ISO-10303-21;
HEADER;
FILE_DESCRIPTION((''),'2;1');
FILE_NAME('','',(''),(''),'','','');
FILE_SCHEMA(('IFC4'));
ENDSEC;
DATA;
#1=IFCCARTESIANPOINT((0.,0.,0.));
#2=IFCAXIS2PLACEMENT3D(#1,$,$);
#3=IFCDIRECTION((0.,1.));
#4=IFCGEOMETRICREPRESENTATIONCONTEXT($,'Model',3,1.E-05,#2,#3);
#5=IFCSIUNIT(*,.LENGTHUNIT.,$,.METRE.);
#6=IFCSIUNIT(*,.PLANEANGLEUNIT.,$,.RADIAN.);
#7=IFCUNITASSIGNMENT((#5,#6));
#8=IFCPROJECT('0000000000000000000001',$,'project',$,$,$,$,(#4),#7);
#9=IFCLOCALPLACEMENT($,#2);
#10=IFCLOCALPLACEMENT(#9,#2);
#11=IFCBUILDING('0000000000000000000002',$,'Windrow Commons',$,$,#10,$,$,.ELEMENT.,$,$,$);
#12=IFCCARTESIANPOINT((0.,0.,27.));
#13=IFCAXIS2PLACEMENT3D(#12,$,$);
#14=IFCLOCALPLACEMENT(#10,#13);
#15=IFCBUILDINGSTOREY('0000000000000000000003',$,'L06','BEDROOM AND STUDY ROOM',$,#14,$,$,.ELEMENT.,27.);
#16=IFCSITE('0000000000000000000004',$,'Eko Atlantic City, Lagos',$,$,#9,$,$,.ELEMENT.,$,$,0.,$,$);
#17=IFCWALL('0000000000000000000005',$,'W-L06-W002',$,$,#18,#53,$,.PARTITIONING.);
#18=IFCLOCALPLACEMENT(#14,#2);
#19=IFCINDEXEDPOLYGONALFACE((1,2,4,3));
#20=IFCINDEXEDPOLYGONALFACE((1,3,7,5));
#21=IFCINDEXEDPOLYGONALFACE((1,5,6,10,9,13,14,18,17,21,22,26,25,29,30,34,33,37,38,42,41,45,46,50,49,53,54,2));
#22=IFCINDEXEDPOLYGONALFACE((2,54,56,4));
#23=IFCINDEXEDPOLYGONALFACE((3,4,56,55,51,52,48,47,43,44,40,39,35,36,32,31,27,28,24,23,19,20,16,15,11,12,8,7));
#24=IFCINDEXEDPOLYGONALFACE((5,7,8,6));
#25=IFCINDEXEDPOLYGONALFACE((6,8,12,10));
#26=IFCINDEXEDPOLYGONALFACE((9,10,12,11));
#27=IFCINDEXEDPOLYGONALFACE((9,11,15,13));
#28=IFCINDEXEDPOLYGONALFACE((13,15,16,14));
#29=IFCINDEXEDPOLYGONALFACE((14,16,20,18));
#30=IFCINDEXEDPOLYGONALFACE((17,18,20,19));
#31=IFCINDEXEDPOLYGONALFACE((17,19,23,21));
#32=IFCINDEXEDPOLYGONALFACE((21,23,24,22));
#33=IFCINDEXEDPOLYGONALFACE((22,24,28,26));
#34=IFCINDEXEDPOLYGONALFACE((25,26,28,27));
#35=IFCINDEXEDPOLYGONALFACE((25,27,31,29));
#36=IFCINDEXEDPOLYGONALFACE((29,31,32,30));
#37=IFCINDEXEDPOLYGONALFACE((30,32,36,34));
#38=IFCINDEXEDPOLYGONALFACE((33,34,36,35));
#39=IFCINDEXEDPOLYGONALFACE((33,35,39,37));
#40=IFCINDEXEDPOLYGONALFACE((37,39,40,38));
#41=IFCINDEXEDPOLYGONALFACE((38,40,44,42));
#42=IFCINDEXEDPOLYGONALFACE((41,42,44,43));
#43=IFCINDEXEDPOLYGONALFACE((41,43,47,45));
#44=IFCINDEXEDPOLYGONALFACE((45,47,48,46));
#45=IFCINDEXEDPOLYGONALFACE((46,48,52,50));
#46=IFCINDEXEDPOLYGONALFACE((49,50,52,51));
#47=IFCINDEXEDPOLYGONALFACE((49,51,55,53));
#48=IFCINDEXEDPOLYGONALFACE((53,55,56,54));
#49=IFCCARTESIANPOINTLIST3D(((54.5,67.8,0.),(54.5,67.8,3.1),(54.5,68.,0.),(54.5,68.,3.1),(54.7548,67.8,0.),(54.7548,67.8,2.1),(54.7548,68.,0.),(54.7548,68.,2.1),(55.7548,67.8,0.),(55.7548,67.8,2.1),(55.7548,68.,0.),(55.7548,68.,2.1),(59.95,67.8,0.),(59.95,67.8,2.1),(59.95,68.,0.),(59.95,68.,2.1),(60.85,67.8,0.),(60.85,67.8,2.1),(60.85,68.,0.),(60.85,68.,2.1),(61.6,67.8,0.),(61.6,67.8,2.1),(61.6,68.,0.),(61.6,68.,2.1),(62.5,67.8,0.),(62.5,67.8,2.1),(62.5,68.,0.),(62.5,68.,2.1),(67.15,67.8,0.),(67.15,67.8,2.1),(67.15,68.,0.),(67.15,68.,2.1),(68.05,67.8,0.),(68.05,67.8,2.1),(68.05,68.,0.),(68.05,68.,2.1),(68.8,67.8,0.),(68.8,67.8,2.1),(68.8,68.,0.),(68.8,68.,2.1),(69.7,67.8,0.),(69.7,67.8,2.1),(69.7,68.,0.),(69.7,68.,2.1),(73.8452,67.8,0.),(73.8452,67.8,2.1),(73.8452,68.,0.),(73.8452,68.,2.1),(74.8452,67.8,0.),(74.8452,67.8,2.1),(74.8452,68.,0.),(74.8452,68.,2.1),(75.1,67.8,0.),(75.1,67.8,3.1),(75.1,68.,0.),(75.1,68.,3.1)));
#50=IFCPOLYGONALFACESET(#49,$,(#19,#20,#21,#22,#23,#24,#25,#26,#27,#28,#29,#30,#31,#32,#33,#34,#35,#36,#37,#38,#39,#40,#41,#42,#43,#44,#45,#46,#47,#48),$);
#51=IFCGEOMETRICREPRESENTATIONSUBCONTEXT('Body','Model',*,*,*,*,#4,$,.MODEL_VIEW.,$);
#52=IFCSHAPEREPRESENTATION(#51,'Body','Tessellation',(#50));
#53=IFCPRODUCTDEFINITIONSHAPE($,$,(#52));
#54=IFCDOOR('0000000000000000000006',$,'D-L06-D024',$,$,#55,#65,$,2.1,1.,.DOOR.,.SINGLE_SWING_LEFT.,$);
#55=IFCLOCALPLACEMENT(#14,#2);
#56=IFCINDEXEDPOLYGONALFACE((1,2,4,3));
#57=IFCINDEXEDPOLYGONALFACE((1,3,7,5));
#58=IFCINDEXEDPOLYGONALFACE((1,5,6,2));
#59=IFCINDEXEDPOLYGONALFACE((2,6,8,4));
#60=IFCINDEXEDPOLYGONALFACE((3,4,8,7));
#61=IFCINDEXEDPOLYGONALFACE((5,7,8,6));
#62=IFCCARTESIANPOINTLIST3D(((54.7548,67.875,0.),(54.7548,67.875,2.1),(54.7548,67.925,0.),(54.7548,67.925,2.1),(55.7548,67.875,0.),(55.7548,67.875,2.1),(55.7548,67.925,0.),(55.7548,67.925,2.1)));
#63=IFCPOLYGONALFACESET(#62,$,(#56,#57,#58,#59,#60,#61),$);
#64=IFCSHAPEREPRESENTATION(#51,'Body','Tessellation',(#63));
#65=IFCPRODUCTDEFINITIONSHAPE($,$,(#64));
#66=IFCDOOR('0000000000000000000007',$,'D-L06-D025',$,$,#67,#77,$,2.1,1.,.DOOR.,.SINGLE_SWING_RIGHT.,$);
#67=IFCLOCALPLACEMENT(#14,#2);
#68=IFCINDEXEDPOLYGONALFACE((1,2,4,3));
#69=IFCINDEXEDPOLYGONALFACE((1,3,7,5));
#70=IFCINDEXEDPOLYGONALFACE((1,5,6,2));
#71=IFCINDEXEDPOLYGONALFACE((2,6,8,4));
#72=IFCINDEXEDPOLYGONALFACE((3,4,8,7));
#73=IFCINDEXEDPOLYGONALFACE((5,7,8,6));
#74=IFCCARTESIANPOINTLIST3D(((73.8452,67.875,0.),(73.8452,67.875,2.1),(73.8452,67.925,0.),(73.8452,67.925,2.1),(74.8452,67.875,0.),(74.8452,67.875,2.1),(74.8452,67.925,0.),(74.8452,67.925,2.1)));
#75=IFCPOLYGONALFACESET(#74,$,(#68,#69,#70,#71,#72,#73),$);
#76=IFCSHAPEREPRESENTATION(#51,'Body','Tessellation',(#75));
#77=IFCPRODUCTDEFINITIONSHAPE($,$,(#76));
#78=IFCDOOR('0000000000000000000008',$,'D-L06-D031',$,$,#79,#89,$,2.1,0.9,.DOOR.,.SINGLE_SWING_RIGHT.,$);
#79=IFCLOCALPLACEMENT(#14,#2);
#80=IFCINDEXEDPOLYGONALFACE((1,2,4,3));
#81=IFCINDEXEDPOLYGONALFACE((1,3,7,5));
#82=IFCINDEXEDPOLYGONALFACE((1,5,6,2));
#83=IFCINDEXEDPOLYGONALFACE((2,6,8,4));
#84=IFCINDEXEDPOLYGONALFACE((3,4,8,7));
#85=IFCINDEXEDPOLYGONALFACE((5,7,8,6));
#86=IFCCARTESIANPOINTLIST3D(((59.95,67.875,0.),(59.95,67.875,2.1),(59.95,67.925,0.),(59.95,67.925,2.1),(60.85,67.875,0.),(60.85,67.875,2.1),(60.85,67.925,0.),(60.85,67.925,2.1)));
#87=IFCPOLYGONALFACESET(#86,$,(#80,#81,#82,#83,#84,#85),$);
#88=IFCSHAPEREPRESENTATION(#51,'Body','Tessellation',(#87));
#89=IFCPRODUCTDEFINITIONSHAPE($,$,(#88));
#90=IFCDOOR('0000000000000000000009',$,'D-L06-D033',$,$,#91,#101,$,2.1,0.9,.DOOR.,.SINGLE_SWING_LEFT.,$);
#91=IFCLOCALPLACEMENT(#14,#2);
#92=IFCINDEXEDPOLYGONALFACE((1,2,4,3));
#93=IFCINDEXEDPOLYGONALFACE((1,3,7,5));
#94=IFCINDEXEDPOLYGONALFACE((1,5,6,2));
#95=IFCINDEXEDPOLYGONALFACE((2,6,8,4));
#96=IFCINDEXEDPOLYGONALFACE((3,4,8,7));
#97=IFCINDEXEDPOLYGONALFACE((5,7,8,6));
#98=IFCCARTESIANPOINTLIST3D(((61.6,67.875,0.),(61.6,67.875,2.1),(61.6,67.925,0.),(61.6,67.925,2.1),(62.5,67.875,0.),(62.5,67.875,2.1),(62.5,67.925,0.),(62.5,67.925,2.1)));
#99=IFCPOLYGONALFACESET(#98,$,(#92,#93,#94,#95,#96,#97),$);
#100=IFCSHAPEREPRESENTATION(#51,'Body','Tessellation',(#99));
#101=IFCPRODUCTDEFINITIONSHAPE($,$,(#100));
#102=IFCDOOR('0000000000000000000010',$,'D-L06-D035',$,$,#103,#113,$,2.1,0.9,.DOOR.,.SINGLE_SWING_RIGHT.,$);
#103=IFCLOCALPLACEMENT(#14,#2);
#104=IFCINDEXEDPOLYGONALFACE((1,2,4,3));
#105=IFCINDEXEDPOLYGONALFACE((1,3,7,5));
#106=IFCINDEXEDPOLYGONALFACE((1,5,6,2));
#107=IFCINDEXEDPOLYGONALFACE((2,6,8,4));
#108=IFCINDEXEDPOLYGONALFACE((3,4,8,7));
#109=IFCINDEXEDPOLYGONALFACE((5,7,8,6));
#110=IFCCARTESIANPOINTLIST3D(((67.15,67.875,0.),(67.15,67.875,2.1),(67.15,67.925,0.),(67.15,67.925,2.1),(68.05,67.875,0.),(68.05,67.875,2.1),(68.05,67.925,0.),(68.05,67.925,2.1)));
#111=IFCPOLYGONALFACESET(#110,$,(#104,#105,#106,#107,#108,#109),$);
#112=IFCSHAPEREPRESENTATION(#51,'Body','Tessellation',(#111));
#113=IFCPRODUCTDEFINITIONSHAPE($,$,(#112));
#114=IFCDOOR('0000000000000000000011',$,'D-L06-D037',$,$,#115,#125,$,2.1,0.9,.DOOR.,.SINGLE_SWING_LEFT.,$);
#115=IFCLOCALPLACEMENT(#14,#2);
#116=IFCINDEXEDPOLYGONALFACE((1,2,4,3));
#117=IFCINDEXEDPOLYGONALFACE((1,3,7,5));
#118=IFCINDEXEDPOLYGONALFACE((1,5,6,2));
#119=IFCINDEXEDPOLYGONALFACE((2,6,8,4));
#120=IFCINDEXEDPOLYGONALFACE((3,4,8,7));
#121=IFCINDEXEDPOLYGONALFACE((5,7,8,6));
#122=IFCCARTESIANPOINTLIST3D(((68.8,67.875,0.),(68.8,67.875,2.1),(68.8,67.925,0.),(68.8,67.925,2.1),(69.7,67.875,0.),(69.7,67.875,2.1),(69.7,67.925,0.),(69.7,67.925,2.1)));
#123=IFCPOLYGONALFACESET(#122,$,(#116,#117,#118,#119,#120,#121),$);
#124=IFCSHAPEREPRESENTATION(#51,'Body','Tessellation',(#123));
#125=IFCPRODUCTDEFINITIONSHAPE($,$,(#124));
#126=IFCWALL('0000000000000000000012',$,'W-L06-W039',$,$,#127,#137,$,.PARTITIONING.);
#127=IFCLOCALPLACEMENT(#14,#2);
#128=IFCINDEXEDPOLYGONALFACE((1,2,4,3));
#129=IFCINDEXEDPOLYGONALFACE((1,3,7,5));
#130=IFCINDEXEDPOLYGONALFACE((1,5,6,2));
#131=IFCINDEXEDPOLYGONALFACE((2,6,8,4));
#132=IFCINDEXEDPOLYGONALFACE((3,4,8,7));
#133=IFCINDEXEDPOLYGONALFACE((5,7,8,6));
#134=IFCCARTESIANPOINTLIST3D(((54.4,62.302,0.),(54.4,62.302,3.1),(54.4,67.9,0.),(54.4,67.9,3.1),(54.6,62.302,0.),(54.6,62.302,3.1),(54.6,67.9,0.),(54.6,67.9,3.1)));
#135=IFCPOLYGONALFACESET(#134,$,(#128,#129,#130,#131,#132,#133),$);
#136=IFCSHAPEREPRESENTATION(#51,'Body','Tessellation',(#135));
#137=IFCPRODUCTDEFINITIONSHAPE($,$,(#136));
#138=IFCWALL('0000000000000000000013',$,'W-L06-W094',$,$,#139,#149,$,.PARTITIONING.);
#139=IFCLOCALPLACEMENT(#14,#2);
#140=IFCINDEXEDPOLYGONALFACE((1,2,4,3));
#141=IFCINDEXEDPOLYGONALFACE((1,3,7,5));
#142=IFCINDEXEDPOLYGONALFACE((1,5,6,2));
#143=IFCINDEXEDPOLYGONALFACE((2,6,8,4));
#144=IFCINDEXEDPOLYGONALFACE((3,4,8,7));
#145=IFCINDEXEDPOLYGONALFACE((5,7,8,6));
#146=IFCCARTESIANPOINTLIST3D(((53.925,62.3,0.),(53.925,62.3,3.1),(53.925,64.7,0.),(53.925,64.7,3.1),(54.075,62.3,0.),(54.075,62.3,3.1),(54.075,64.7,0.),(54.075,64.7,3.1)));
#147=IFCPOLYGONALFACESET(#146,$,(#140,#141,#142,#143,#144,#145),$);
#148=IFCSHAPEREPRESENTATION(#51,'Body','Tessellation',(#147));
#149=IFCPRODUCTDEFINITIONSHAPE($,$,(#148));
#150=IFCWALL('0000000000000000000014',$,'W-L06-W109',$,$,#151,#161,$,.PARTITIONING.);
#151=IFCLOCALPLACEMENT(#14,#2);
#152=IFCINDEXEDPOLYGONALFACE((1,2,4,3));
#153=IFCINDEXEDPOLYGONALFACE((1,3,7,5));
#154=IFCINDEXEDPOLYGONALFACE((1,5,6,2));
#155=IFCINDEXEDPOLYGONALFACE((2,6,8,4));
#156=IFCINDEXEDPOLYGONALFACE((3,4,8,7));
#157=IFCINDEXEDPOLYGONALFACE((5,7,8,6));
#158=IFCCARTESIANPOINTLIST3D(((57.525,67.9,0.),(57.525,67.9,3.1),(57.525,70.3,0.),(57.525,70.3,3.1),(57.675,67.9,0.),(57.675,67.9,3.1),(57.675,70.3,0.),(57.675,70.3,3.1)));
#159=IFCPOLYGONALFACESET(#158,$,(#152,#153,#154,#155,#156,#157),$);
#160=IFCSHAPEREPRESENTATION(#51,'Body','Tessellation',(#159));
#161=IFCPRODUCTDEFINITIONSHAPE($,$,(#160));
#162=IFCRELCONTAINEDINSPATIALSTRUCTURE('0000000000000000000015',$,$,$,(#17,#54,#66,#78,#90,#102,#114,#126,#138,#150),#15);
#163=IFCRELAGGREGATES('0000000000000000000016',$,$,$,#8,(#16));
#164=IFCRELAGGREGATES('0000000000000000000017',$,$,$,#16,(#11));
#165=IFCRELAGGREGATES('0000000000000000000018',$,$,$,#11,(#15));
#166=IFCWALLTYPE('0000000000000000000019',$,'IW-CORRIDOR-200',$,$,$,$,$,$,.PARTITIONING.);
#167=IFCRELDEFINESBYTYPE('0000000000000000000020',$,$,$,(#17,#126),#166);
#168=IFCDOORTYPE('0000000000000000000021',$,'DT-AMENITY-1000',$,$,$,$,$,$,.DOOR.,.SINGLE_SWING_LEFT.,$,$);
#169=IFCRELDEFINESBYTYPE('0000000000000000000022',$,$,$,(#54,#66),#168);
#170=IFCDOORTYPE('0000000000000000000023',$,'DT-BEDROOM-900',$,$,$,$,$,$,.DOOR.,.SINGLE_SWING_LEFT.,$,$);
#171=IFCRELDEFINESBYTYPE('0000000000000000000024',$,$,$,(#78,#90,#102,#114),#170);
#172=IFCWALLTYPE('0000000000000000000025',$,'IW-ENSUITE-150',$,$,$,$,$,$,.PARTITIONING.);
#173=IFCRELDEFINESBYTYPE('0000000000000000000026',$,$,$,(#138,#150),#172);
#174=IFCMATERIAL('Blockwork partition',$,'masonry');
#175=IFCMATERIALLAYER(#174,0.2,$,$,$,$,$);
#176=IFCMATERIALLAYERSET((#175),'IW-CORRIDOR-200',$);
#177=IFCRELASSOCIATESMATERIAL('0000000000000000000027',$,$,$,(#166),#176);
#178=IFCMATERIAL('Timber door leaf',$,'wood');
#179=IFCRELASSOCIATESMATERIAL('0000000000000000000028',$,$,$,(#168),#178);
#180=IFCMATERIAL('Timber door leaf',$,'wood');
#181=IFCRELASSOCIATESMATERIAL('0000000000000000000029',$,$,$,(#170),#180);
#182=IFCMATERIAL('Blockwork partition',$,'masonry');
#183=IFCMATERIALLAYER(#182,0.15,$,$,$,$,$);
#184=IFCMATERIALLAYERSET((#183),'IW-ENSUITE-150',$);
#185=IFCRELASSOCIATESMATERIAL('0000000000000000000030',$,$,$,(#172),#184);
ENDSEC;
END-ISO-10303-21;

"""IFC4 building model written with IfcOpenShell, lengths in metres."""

from ifc_helpers import new_model, si_unit, direction, frame, frame_2d, origin, place, context, subcontext, project, spatial, rectangle, extrude, material, layer, layer_set, type_object, element, fill, save


model = new_model("IFC4")

# Units and contexts
model_context = context("Model", 3, precision=1e-05, world=origin(), true_north=direction((0.0, 1.0)))
body_context = subcontext(model_context, "Body", "Model", "MODEL_VIEW")
ifc_project = project(units=[si_unit("LENGTHUNIT", "METRE"), si_unit("PLANEANGLEUNIT", "RADIAN")], contexts=[model_context])

# Site, building, storey
site_placement = place(None, origin())
site = spatial("IfcSite", under=ifc_project, at=site_placement, Name="Eko Atlantic City, Lagos", CompositionType="ELEMENT", RefElevation=0.0)
building_placement = place(site_placement, origin())
building = spatial("IfcBuilding", under=site, at=building_placement, Name="Windrow Commons", CompositionType="ELEMENT")
storey_placement = place(building_placement, frame((0.0, 0.0, 27.0)))
storey = spatial("IfcBuildingStorey", under=building, at=storey_placement, Name="L06", Description="BEDROOM AND STUDY ROOM", CompositionType="ELEMENT", Elevation=27.0)

# Wall, openings, doors
ifc_material_1 = material(Name="Blockwork partition", Category="masonry")
ifc_layer_1 = layer(ifc_material_1, 0.2)
ifc_layer_set_1 = layer_set([ifc_layer_1], Name="IW-CORRIDOR-200")
wall_type_1 = type_object("IfcWallType", Name="IW-CORRIDOR-200", PredefinedType="PARTITIONING", material=ifc_layer_set_1)
wall_1_placement = place(storey_placement, frame((54.5, 67.9, 0.0), z_axis=(0.0, 0.0, 1.0), x_axis=(1.0, 0.0, 0.0)))
wall_1 = element("IfcWall", 1, at=wall_1_placement, inside=storey, type_object=wall_type_1, Name="W-L06-W002", PredefinedType="PARTITIONING", context=body_context, shape_type="SweptSolid", body=[
    extrude(rectangle(XDim=20.6, YDim=0.2, at=frame_2d((10.3, 0.0))), origin(), (0.0, 0.0, 1.0), 3.1),
])
opening_1_placement = place(wall_1_placement, frame((0.2548, 0.0, 0.0)))
opening_1 = element("IfcOpeningElement", 2, at=opening_1_placement, cuts=wall_1, PredefinedType="OPENING", context=body_context, shape_type="SweptSolid", body=[
    extrude(rectangle(XDim=1.0, YDim=2.1, at=frame_2d((0.5, 1.05))), frame((0.0, 0.11, 0.0), z_axis=(0.0, -1.0, 0.0), x_axis=(1.0, 0.0, 0.0)), (0.0, 0.0, 1.0), 0.22),
])
opening_2_placement = place(wall_1_placement, frame((19.3452, 0.0, 0.0)))
opening_2 = element("IfcOpeningElement", 3, at=opening_2_placement, cuts=wall_1, PredefinedType="OPENING", context=body_context, shape_type="SweptSolid", body=[
    extrude(rectangle(XDim=1.0, YDim=2.1, at=frame_2d((0.5, 1.05))), frame((0.0, 0.11, 0.0), z_axis=(0.0, -1.0, 0.0), x_axis=(1.0, 0.0, 0.0)), (0.0, 0.0, 1.0), 0.22),
])
opening_3_placement = place(wall_1_placement, frame((5.45, 0.0, 0.0)))
opening_3 = element("IfcOpeningElement", 4, at=opening_3_placement, cuts=wall_1, PredefinedType="OPENING", context=body_context, shape_type="SweptSolid", body=[
    extrude(rectangle(XDim=0.9, YDim=2.1, at=frame_2d((0.45, 1.05))), frame((0.0, 0.11, 0.0), z_axis=(0.0, -1.0, 0.0), x_axis=(1.0, 0.0, 0.0)), (0.0, 0.0, 1.0), 0.22),
])
opening_4_placement = place(wall_1_placement, frame((7.1, 0.0, 0.0)))
opening_4 = element("IfcOpeningElement", 5, at=opening_4_placement, cuts=wall_1, PredefinedType="OPENING", context=body_context, shape_type="SweptSolid", body=[
    extrude(rectangle(XDim=0.9, YDim=2.1, at=frame_2d((0.45, 1.05))), frame((0.0, 0.11, 0.0), z_axis=(0.0, -1.0, 0.0), x_axis=(1.0, 0.0, 0.0)), (0.0, 0.0, 1.0), 0.22),
])
opening_5_placement = place(wall_1_placement, frame((12.65, 0.0, 0.0)))
opening_5 = element("IfcOpeningElement", 6, at=opening_5_placement, cuts=wall_1, PredefinedType="OPENING", context=body_context, shape_type="SweptSolid", body=[
    extrude(rectangle(XDim=0.9, YDim=2.1, at=frame_2d((0.45, 1.05))), frame((0.0, 0.11, 0.0), z_axis=(0.0, -1.0, 0.0), x_axis=(1.0, 0.0, 0.0)), (0.0, 0.0, 1.0), 0.22),
])
opening_6_placement = place(wall_1_placement, frame((14.3, 0.0, 0.0)))
opening_6 = element("IfcOpeningElement", 7, at=opening_6_placement, cuts=wall_1, PredefinedType="OPENING", context=body_context, shape_type="SweptSolid", body=[
    extrude(rectangle(XDim=0.9, YDim=2.1, at=frame_2d((0.45, 1.05))), frame((0.0, 0.11, 0.0), z_axis=(0.0, -1.0, 0.0), x_axis=(1.0, 0.0, 0.0)), (0.0, 0.0, 1.0), 0.22),
])
ifc_material_2 = material(Name="Timber door leaf", Category="wood")
door_type_1 = type_object("IfcDoorType", Name="DT-AMENITY-1000", OperationType="SINGLE_SWING_LEFT", PredefinedType="DOOR", material=ifc_material_2)
door_1_placement = place(opening_1_placement, origin())
door_1 = element("IfcDoor", 8, at=door_1_placement, inside=storey, type_object=door_type_1, Name="D-L06-D024", OperationType="SINGLE_SWING_LEFT", OverallHeight=2.1, OverallWidth=1.0, PredefinedType="DOOR", context=body_context, shape_type="SweptSolid", body=[
    extrude(rectangle(XDim=1.0, YDim=2.1, at=frame_2d((0.5, 1.05))), frame((0.0, 0.025, 0.0), z_axis=(0.0, -1.0, 0.0), x_axis=(1.0, 0.0, 0.0)), (0.0, 0.0, 1.0), 0.05),
])
fill(opening_1, door_1)
door_2_placement = place(opening_2_placement, origin())
door_2 = element("IfcDoor", 9, at=door_2_placement, inside=storey, type_object=door_type_1, Name="D-L06-D025", OperationType="SINGLE_SWING_RIGHT", OverallHeight=2.1, OverallWidth=1.0, PredefinedType="DOOR", context=body_context, shape_type="SweptSolid", body=[
    extrude(rectangle(XDim=1.0, YDim=2.1, at=frame_2d((0.5, 1.05))), frame((0.0, 0.025, 0.0), z_axis=(0.0, -1.0, 0.0), x_axis=(1.0, 0.0, 0.0)), (0.0, 0.0, 1.0), 0.05),
])
fill(opening_2, door_2)
ifc_material_3 = material(Name="Timber door leaf", Category="wood")
door_type_2 = type_object("IfcDoorType", Name="DT-BEDROOM-900", OperationType="SINGLE_SWING_LEFT", PredefinedType="DOOR", material=ifc_material_3)
door_3_placement = place(opening_3_placement, origin())
door_3 = element("IfcDoor", 10, at=door_3_placement, inside=storey, type_object=door_type_2, Name="D-L06-D031", OperationType="SINGLE_SWING_RIGHT", OverallHeight=2.1, OverallWidth=0.9, PredefinedType="DOOR", context=body_context, shape_type="SweptSolid", body=[
    extrude(rectangle(XDim=0.9, YDim=2.1, at=frame_2d((0.45, 1.05))), frame((0.0, 0.025, 0.0), z_axis=(0.0, -1.0, 0.0), x_axis=(1.0, 0.0, 0.0)), (0.0, 0.0, 1.0), 0.05),
])
fill(opening_3, door_3)
door_4_placement = place(opening_4_placement, origin())
door_4 = element("IfcDoor", 11, at=door_4_placement, inside=storey, type_object=door_type_2, Name="D-L06-D033", OperationType="SINGLE_SWING_LEFT", OverallHeight=2.1, OverallWidth=0.9, PredefinedType="DOOR", context=body_context, shape_type="SweptSolid", body=[
    extrude(rectangle(XDim=0.9, YDim=2.1, at=frame_2d((0.45, 1.05))), frame((0.0, 0.025, 0.0), z_axis=(0.0, -1.0, 0.0), x_axis=(1.0, 0.0, 0.0)), (0.0, 0.0, 1.0), 0.05),
])
fill(opening_4, door_4)
door_5_placement = place(opening_5_placement, origin())
door_5 = element("IfcDoor", 12, at=door_5_placement, inside=storey, type_object=door_type_2, Name="D-L06-D035", OperationType="SINGLE_SWING_RIGHT", OverallHeight=2.1, OverallWidth=0.9, PredefinedType="DOOR", context=body_context, shape_type="SweptSolid", body=[
    extrude(rectangle(XDim=0.9, YDim=2.1, at=frame_2d((0.45, 1.05))), frame((0.0, 0.025, 0.0), z_axis=(0.0, -1.0, 0.0), x_axis=(1.0, 0.0, 0.0)), (0.0, 0.0, 1.0), 0.05),
])
fill(opening_5, door_5)
door_6_placement = place(opening_6_placement, origin())
door_6 = element("IfcDoor", 13, at=door_6_placement, inside=storey, type_object=door_type_2, Name="D-L06-D037", OperationType="SINGLE_SWING_LEFT", OverallHeight=2.1, OverallWidth=0.9, PredefinedType="DOOR", context=body_context, shape_type="SweptSolid", body=[
    extrude(rectangle(XDim=0.9, YDim=2.1, at=frame_2d((0.45, 1.05))), frame((0.0, 0.025, 0.0), z_axis=(0.0, -1.0, 0.0), x_axis=(1.0, 0.0, 0.0)), (0.0, 0.0, 1.0), 0.05),
])
fill(opening_6, door_6)

# Walls
wall_2_placement = place(storey_placement, frame((54.5, 62.302, 0.0), z_axis=(0.0, 0.0, 1.0), x_axis=(0.0, 1.0, 0.0)))
element("IfcWall", 14, at=wall_2_placement, inside=storey, type_object=wall_type_1, Name="W-L06-W039", PredefinedType="PARTITIONING", context=body_context, shape_type="SweptSolid", body=[
    extrude(rectangle(XDim=5.598, YDim=0.2, at=frame_2d((2.799, 0.0))), origin(), (0.0, 0.0, 1.0), 3.1),
])
ifc_material_4 = material(Name="Blockwork partition", Category="masonry")
ifc_layer_2 = layer(ifc_material_4, 0.15)
ifc_layer_set_2 = layer_set([ifc_layer_2], Name="IW-ENSUITE-150")
wall_type_2 = type_object("IfcWallType", Name="IW-ENSUITE-150", PredefinedType="PARTITIONING", material=ifc_layer_set_2)
for number, where, z_axis, x_axis, name in (
    (15, (54.0, 62.3, 0.0), (0.0, 0.0, 1.0), (0.0, 1.0, 0.0), "W-L06-W094"),
    (16, (57.6, 67.9, 0.0), (0.0, 0.0, 1.0), (0.0, 1.0, 0.0), "W-L06-W109"),
):
    element("IfcWall", number, at=place(storey_placement, frame(where, z_axis=z_axis, x_axis=x_axis)), inside=storey, type_object=wall_type_2, Name=name, PredefinedType="PARTITIONING", context=body_context, shape_type="SweptSolid", body=[
        extrude(rectangle(XDim=2.4, YDim=0.15, at=frame_2d((1.2, 0.0))), origin(), (0.0, 0.0, 1.0), 3.1),
    ])

save(model, "model.ifc")
